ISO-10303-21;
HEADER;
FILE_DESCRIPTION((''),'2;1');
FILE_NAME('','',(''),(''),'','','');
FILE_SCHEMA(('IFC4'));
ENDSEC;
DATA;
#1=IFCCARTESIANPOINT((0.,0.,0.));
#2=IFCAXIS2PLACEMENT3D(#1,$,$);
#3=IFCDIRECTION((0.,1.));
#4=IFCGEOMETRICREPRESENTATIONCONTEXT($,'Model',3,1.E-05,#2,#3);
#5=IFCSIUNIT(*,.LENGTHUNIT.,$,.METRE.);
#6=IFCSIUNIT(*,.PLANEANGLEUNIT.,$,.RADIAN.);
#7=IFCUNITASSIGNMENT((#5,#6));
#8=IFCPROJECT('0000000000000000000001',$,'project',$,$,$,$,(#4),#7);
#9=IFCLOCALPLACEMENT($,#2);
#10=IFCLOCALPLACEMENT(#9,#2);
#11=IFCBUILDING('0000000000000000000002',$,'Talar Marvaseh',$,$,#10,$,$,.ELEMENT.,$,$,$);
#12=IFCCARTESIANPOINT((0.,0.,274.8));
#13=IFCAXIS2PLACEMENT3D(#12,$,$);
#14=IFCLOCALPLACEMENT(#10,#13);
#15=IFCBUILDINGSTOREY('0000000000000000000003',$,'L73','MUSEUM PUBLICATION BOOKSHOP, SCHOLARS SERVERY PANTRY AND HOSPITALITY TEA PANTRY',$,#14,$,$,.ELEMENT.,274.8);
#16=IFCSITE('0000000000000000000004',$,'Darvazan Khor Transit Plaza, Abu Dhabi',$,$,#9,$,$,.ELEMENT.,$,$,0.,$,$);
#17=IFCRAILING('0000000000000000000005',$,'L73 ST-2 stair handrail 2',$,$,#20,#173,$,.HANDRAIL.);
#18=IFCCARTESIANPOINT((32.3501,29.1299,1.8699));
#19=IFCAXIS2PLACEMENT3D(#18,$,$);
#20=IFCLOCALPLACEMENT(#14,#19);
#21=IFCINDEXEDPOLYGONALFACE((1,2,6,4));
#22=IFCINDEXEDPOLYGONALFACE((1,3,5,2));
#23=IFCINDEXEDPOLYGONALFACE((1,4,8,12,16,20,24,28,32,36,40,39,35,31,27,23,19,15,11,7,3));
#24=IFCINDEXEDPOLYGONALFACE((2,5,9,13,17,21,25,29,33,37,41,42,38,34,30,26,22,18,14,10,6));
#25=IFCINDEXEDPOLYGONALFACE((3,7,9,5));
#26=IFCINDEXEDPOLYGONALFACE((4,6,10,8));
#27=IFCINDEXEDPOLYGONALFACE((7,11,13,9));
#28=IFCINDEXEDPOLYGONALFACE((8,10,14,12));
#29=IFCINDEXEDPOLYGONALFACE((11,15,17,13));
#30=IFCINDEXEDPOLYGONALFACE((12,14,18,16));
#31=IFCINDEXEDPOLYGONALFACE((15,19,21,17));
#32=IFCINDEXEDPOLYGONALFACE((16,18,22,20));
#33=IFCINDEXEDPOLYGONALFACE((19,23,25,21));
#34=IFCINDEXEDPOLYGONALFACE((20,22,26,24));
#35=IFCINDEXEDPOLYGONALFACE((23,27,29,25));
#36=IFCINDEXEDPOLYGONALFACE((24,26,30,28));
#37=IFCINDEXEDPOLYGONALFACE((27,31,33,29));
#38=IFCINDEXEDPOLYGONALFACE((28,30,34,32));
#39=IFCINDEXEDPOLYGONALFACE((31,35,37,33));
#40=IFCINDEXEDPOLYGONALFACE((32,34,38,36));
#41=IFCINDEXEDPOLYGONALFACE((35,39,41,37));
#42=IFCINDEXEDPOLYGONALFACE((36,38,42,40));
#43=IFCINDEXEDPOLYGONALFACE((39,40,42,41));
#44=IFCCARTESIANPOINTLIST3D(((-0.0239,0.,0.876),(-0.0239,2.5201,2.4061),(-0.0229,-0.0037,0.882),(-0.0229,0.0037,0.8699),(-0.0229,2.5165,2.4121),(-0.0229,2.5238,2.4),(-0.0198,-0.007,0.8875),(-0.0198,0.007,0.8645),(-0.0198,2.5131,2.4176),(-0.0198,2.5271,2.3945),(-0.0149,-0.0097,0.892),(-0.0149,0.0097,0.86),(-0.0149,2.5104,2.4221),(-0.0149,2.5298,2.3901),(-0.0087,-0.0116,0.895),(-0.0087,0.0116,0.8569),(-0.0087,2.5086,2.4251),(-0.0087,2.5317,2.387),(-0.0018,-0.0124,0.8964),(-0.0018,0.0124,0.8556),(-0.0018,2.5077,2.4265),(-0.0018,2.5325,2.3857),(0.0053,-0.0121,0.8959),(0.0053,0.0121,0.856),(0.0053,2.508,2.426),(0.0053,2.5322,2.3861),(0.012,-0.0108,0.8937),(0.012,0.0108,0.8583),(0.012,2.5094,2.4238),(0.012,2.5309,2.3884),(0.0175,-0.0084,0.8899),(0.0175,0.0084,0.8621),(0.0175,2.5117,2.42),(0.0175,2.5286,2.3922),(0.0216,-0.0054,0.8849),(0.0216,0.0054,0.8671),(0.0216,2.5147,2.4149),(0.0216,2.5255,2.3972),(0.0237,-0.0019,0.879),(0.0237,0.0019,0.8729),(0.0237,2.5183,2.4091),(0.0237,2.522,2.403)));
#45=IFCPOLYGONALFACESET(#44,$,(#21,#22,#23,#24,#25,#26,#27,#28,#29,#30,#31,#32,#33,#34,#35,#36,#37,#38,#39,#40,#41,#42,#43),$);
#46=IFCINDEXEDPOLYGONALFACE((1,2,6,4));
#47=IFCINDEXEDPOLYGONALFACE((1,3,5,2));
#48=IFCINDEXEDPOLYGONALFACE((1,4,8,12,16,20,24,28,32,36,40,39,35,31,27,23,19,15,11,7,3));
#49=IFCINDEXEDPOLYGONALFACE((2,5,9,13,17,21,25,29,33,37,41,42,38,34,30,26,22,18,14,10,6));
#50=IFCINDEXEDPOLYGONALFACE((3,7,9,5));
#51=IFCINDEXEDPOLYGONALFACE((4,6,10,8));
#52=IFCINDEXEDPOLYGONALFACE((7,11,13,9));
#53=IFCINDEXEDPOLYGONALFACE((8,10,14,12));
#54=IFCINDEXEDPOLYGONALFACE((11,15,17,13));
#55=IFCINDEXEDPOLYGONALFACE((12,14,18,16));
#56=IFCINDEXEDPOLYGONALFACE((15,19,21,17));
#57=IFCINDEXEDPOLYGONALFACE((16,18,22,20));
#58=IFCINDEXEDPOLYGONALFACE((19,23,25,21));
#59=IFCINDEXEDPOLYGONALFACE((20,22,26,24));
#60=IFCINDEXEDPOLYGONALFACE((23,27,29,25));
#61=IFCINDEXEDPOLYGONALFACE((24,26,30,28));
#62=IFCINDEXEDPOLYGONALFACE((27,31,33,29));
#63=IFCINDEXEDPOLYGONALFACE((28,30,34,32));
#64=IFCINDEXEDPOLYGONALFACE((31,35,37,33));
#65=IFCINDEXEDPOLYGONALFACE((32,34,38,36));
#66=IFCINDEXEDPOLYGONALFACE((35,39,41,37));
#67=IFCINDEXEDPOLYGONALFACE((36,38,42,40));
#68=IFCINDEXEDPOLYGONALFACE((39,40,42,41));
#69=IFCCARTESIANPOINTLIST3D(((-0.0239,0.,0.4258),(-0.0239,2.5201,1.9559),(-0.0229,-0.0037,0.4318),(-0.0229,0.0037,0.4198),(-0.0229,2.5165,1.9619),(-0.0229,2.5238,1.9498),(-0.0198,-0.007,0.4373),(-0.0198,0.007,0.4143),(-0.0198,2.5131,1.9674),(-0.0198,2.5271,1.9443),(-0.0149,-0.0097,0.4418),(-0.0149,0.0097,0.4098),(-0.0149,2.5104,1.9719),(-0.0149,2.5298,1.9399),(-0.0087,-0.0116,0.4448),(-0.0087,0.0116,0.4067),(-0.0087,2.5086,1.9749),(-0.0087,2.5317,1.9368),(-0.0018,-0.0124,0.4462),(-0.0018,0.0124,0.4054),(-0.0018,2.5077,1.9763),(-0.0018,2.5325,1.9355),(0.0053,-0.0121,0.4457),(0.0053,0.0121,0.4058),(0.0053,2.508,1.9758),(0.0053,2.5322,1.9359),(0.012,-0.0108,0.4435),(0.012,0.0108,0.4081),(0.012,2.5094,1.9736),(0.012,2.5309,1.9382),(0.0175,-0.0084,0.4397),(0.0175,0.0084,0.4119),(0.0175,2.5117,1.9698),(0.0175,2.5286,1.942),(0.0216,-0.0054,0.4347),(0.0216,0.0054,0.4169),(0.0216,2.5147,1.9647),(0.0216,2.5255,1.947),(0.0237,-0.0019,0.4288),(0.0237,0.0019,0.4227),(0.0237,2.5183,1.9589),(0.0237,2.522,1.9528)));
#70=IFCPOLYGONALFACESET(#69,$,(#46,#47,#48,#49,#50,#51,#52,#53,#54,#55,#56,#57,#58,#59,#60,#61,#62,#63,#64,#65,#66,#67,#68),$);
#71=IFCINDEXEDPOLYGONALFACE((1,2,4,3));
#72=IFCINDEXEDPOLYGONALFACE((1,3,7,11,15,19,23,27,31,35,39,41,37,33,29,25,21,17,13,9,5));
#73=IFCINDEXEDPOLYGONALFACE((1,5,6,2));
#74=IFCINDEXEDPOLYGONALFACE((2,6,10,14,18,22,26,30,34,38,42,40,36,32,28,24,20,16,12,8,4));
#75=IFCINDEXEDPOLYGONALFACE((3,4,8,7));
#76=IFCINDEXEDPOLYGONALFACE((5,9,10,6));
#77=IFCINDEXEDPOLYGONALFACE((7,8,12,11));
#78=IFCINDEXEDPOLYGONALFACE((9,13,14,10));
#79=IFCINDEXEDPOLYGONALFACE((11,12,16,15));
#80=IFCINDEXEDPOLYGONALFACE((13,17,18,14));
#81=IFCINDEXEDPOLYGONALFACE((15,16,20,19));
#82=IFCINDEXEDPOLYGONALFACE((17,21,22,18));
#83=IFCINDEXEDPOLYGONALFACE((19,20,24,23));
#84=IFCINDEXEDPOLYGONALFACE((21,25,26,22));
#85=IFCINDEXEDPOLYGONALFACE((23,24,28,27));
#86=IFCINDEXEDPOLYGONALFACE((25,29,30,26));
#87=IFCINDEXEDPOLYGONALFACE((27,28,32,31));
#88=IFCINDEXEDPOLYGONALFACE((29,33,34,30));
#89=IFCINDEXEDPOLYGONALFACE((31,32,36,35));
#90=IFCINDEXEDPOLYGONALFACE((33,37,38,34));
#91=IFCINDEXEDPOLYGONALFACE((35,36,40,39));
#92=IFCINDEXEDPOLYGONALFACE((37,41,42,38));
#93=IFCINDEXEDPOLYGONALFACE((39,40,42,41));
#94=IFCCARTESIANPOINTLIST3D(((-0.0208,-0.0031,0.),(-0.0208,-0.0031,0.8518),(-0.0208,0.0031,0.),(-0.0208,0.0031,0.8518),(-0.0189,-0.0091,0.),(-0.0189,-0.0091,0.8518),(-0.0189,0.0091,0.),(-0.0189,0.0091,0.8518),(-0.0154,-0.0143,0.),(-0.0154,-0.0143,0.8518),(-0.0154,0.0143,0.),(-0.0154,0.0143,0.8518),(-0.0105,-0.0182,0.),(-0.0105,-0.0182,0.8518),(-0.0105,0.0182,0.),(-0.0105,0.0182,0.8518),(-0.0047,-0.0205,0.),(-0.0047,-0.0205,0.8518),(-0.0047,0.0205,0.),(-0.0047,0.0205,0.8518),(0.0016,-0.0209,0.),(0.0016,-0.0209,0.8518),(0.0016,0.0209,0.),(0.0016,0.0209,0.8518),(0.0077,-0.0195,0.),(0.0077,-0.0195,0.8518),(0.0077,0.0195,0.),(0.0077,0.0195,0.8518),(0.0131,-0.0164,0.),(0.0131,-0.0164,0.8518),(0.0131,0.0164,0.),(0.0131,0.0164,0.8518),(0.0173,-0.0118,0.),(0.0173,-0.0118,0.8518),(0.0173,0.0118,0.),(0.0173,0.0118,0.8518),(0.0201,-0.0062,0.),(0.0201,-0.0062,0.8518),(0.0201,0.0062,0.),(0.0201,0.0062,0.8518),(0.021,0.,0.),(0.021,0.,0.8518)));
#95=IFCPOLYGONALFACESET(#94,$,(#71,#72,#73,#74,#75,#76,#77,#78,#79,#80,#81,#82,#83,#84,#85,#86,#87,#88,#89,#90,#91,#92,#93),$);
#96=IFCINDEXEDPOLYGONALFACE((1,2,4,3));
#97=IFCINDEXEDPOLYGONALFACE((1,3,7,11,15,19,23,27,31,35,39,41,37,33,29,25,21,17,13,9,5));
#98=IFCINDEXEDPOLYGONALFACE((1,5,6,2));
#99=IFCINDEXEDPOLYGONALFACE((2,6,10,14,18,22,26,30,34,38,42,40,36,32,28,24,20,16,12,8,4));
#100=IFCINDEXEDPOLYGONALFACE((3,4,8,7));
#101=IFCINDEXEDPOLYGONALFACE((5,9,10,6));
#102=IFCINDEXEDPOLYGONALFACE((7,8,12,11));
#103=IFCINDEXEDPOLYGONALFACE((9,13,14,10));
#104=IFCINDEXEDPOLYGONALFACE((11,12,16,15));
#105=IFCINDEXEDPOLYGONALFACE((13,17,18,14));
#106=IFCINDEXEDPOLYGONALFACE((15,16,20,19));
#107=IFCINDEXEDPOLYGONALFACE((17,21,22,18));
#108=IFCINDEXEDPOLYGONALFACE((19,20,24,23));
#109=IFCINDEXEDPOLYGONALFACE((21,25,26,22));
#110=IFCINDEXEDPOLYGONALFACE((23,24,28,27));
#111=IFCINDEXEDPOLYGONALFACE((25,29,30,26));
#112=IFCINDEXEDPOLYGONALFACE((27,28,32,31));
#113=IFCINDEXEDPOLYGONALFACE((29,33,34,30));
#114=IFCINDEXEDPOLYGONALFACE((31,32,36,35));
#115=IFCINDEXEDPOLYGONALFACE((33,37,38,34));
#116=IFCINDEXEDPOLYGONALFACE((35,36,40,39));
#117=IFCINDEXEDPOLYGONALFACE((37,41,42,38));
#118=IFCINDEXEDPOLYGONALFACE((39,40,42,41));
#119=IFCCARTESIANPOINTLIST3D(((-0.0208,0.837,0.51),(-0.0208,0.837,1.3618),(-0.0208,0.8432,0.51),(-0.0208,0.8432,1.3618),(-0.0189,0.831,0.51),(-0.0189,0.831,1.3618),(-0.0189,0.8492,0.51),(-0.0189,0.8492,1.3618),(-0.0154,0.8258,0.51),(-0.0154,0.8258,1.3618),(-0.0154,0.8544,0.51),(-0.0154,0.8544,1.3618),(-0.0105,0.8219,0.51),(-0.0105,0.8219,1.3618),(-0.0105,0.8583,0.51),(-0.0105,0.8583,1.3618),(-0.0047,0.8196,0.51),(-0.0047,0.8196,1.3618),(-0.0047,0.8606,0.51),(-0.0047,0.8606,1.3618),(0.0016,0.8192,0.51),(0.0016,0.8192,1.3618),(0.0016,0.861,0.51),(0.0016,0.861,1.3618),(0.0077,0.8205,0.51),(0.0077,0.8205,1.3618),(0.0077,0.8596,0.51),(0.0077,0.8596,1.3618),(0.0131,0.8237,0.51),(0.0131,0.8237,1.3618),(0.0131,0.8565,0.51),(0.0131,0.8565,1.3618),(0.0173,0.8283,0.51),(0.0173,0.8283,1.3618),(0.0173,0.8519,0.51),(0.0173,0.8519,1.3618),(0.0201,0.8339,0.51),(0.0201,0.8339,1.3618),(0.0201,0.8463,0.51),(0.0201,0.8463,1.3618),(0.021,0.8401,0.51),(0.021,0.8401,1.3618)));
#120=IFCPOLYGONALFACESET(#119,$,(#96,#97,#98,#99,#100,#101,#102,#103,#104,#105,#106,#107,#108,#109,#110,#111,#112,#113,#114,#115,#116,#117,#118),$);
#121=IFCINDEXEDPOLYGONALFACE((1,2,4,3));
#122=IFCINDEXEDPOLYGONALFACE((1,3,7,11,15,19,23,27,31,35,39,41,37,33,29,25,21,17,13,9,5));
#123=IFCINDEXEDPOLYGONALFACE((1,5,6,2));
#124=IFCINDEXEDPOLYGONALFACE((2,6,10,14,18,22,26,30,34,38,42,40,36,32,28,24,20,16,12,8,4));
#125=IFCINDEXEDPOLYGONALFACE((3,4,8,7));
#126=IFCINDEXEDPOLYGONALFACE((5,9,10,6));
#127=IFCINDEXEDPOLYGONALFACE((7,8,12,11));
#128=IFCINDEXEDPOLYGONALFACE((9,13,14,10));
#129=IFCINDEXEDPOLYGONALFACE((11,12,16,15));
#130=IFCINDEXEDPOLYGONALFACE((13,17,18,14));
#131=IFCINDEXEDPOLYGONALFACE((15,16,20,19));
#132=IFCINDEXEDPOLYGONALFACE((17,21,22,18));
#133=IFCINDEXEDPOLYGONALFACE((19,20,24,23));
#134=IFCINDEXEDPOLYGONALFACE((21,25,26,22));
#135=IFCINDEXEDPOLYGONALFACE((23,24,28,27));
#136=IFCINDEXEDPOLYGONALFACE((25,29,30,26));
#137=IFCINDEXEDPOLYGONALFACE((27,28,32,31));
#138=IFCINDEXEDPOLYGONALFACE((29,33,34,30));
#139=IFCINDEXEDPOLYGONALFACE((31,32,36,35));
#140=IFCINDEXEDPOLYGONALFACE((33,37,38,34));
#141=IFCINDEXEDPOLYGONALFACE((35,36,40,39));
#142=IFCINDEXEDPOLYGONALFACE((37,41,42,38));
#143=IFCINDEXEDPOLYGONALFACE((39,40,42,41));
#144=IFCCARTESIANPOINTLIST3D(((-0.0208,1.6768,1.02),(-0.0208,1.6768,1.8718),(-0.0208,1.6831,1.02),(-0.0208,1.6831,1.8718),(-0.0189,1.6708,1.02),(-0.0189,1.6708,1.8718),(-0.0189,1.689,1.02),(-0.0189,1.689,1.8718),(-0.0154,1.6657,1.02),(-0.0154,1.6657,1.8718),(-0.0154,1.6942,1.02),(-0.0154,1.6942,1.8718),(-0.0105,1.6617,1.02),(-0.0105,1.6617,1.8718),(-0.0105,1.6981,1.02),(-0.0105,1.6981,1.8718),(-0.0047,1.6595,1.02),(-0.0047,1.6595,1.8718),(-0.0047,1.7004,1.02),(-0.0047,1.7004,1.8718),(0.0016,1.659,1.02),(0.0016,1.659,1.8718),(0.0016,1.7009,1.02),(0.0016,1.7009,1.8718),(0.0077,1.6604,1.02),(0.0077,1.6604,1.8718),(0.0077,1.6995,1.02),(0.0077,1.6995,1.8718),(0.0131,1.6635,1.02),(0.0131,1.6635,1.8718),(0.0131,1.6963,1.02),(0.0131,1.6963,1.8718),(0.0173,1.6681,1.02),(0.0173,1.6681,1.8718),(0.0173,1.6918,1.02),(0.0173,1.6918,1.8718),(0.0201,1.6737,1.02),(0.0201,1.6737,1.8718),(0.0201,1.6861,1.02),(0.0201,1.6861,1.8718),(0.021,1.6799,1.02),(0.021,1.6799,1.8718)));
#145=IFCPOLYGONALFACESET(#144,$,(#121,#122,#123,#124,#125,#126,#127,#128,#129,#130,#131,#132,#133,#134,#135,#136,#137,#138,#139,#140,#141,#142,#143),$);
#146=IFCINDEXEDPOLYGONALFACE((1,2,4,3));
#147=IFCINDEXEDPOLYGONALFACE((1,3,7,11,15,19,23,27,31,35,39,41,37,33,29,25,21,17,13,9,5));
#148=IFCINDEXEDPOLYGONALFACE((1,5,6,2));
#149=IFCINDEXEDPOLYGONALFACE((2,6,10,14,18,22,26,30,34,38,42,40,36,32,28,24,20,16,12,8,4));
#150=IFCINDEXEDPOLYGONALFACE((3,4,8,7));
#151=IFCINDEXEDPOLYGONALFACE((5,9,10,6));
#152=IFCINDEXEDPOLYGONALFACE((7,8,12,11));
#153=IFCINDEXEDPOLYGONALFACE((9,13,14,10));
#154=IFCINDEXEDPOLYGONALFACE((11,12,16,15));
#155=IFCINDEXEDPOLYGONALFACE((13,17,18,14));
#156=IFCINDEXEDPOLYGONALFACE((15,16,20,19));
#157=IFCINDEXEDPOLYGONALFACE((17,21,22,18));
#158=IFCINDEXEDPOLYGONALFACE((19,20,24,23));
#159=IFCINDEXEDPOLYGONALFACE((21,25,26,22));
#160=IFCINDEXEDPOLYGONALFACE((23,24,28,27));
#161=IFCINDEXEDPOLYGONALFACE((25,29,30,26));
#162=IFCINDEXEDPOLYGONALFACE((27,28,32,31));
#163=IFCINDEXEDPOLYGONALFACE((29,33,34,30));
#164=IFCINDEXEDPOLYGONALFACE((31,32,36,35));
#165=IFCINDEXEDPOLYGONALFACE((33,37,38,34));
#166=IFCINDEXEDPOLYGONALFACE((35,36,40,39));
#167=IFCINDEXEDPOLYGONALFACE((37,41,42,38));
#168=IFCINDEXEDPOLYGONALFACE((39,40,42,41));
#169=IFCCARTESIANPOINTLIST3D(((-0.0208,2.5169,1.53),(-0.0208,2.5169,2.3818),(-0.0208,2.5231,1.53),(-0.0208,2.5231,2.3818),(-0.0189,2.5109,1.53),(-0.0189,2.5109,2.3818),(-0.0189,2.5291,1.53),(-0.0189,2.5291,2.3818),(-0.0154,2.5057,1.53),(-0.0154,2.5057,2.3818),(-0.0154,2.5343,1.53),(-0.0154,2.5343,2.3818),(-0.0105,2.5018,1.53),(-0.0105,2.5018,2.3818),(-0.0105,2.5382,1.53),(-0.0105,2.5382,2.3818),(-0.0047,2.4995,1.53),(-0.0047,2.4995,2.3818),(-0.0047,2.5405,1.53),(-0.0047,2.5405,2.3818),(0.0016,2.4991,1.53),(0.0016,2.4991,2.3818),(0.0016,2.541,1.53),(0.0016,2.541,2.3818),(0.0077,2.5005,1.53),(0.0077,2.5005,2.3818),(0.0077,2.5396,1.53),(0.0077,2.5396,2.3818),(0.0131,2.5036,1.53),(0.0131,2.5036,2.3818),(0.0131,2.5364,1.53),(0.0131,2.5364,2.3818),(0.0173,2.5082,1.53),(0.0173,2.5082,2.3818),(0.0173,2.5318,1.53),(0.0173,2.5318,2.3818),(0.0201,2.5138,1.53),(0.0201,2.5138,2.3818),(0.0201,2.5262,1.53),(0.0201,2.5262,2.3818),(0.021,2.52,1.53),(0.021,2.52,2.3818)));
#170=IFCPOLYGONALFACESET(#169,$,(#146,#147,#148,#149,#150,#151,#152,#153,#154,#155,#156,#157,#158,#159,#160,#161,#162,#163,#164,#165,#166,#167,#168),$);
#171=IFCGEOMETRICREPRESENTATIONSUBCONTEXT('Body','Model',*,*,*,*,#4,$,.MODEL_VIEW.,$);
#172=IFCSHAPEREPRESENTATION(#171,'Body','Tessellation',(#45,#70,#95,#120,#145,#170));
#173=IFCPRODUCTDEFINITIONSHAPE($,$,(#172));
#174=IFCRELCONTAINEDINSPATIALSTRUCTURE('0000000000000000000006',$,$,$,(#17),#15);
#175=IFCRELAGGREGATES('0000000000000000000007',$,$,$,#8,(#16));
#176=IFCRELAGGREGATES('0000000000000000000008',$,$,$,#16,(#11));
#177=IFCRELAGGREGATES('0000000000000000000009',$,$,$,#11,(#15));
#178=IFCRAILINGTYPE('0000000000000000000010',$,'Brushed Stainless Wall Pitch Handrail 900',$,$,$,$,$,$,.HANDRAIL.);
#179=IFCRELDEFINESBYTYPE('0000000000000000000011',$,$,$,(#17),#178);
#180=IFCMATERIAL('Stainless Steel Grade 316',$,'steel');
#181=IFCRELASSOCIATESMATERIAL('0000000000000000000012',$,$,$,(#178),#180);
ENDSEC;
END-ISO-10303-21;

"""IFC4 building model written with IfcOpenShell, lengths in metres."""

from ifc_helpers import new_model, si_unit, direction, frame, origin, origin_2d, place, context, subcontext, project, spatial, circle, extrude, material, type_object, element, save


model = new_model("IFC4")

# Units and contexts
model_context = context("Model", 3, precision=1e-05, world=origin(), true_north=direction((0.0, 1.0)))
body_context = subcontext(model_context, "Body", "Model", "MODEL_VIEW")
ifc_project = project(units=[si_unit("LENGTHUNIT", "METRE"), si_unit("PLANEANGLEUNIT", "RADIAN")], contexts=[model_context])

# Site, building, storey
site_placement = place(None, origin())
site = spatial("IfcSite", under=ifc_project, at=site_placement, Name="Darvazan Khor Transit Plaza, Abu Dhabi", CompositionType="ELEMENT", RefElevation=0.0)
building_placement = place(site_placement, origin())
building = spatial("IfcBuilding", under=site, at=building_placement, Name="Talar Marvaseh", CompositionType="ELEMENT")
storey_placement = place(building_placement, frame((0.0, 0.0, 274.8)))
storey = spatial("IfcBuildingStorey", under=building, at=storey_placement, Name="L73", Description="MUSEUM PUBLICATION BOOKSHOP, SCHOLARS SERVERY PANTRY AND HOSPITALITY TEA PANTRY", CompositionType="ELEMENT", Elevation=274.8)

# Shared definitions
ifc_material_1 = material(Name="Stainless Steel Grade 316", Category="steel")

# Railing
railing_type_1 = type_object("IfcRailingType", Name="Brushed Stainless Wall Pitch Handrail 900", PredefinedType="HANDRAIL", material=ifc_material_1)
railing_1_placement = place(storey_placement, frame((32.3501, 29.1299, 1.8699)))
element("IfcRailing", 1, at=railing_1_placement, inside=storey, type_object=railing_type_1, Name="L73 ST-2 stair handrail 2", PredefinedType="HANDRAIL", context=body_context, shape_type="SweptSolid", body=[
    extrude(circle(Radius=0.0239, at=origin_2d()), frame((0.0, 0.0, 0.876), z_axis=(0.0, 0.854785, 0.518982), x_axis=(-1.0, 0.0, 0.0)), (0.0, 0.0, 1.0), 2.9482),
    extrude(circle(Radius=0.0239, at=origin_2d()), frame((0.0, 0.0, 0.4258), z_axis=(0.0, 0.854785, 0.518982), x_axis=(-1.0, 0.0, 0.0)), (0.0, 0.0, 1.0), 2.9482),
    extrude(circle(Radius=0.021, at=origin_2d()), origin(), (0.0, 0.0, 1.0), 0.8518),
    extrude(circle(Radius=0.021, at=origin_2d()), frame((0.0, 0.8401, 0.51)), (0.0, 0.0, 1.0), 0.8518),
    extrude(circle(Radius=0.021, at=origin_2d()), frame((0.0, 1.6799, 1.02)), (0.0, 0.0, 1.0), 0.8518),
    extrude(circle(Radius=0.021, at=origin_2d()), frame((0.0, 2.52, 1.53)), (0.0, 0.0, 1.0), 0.8518),
])

save(model, "model.ifc")
